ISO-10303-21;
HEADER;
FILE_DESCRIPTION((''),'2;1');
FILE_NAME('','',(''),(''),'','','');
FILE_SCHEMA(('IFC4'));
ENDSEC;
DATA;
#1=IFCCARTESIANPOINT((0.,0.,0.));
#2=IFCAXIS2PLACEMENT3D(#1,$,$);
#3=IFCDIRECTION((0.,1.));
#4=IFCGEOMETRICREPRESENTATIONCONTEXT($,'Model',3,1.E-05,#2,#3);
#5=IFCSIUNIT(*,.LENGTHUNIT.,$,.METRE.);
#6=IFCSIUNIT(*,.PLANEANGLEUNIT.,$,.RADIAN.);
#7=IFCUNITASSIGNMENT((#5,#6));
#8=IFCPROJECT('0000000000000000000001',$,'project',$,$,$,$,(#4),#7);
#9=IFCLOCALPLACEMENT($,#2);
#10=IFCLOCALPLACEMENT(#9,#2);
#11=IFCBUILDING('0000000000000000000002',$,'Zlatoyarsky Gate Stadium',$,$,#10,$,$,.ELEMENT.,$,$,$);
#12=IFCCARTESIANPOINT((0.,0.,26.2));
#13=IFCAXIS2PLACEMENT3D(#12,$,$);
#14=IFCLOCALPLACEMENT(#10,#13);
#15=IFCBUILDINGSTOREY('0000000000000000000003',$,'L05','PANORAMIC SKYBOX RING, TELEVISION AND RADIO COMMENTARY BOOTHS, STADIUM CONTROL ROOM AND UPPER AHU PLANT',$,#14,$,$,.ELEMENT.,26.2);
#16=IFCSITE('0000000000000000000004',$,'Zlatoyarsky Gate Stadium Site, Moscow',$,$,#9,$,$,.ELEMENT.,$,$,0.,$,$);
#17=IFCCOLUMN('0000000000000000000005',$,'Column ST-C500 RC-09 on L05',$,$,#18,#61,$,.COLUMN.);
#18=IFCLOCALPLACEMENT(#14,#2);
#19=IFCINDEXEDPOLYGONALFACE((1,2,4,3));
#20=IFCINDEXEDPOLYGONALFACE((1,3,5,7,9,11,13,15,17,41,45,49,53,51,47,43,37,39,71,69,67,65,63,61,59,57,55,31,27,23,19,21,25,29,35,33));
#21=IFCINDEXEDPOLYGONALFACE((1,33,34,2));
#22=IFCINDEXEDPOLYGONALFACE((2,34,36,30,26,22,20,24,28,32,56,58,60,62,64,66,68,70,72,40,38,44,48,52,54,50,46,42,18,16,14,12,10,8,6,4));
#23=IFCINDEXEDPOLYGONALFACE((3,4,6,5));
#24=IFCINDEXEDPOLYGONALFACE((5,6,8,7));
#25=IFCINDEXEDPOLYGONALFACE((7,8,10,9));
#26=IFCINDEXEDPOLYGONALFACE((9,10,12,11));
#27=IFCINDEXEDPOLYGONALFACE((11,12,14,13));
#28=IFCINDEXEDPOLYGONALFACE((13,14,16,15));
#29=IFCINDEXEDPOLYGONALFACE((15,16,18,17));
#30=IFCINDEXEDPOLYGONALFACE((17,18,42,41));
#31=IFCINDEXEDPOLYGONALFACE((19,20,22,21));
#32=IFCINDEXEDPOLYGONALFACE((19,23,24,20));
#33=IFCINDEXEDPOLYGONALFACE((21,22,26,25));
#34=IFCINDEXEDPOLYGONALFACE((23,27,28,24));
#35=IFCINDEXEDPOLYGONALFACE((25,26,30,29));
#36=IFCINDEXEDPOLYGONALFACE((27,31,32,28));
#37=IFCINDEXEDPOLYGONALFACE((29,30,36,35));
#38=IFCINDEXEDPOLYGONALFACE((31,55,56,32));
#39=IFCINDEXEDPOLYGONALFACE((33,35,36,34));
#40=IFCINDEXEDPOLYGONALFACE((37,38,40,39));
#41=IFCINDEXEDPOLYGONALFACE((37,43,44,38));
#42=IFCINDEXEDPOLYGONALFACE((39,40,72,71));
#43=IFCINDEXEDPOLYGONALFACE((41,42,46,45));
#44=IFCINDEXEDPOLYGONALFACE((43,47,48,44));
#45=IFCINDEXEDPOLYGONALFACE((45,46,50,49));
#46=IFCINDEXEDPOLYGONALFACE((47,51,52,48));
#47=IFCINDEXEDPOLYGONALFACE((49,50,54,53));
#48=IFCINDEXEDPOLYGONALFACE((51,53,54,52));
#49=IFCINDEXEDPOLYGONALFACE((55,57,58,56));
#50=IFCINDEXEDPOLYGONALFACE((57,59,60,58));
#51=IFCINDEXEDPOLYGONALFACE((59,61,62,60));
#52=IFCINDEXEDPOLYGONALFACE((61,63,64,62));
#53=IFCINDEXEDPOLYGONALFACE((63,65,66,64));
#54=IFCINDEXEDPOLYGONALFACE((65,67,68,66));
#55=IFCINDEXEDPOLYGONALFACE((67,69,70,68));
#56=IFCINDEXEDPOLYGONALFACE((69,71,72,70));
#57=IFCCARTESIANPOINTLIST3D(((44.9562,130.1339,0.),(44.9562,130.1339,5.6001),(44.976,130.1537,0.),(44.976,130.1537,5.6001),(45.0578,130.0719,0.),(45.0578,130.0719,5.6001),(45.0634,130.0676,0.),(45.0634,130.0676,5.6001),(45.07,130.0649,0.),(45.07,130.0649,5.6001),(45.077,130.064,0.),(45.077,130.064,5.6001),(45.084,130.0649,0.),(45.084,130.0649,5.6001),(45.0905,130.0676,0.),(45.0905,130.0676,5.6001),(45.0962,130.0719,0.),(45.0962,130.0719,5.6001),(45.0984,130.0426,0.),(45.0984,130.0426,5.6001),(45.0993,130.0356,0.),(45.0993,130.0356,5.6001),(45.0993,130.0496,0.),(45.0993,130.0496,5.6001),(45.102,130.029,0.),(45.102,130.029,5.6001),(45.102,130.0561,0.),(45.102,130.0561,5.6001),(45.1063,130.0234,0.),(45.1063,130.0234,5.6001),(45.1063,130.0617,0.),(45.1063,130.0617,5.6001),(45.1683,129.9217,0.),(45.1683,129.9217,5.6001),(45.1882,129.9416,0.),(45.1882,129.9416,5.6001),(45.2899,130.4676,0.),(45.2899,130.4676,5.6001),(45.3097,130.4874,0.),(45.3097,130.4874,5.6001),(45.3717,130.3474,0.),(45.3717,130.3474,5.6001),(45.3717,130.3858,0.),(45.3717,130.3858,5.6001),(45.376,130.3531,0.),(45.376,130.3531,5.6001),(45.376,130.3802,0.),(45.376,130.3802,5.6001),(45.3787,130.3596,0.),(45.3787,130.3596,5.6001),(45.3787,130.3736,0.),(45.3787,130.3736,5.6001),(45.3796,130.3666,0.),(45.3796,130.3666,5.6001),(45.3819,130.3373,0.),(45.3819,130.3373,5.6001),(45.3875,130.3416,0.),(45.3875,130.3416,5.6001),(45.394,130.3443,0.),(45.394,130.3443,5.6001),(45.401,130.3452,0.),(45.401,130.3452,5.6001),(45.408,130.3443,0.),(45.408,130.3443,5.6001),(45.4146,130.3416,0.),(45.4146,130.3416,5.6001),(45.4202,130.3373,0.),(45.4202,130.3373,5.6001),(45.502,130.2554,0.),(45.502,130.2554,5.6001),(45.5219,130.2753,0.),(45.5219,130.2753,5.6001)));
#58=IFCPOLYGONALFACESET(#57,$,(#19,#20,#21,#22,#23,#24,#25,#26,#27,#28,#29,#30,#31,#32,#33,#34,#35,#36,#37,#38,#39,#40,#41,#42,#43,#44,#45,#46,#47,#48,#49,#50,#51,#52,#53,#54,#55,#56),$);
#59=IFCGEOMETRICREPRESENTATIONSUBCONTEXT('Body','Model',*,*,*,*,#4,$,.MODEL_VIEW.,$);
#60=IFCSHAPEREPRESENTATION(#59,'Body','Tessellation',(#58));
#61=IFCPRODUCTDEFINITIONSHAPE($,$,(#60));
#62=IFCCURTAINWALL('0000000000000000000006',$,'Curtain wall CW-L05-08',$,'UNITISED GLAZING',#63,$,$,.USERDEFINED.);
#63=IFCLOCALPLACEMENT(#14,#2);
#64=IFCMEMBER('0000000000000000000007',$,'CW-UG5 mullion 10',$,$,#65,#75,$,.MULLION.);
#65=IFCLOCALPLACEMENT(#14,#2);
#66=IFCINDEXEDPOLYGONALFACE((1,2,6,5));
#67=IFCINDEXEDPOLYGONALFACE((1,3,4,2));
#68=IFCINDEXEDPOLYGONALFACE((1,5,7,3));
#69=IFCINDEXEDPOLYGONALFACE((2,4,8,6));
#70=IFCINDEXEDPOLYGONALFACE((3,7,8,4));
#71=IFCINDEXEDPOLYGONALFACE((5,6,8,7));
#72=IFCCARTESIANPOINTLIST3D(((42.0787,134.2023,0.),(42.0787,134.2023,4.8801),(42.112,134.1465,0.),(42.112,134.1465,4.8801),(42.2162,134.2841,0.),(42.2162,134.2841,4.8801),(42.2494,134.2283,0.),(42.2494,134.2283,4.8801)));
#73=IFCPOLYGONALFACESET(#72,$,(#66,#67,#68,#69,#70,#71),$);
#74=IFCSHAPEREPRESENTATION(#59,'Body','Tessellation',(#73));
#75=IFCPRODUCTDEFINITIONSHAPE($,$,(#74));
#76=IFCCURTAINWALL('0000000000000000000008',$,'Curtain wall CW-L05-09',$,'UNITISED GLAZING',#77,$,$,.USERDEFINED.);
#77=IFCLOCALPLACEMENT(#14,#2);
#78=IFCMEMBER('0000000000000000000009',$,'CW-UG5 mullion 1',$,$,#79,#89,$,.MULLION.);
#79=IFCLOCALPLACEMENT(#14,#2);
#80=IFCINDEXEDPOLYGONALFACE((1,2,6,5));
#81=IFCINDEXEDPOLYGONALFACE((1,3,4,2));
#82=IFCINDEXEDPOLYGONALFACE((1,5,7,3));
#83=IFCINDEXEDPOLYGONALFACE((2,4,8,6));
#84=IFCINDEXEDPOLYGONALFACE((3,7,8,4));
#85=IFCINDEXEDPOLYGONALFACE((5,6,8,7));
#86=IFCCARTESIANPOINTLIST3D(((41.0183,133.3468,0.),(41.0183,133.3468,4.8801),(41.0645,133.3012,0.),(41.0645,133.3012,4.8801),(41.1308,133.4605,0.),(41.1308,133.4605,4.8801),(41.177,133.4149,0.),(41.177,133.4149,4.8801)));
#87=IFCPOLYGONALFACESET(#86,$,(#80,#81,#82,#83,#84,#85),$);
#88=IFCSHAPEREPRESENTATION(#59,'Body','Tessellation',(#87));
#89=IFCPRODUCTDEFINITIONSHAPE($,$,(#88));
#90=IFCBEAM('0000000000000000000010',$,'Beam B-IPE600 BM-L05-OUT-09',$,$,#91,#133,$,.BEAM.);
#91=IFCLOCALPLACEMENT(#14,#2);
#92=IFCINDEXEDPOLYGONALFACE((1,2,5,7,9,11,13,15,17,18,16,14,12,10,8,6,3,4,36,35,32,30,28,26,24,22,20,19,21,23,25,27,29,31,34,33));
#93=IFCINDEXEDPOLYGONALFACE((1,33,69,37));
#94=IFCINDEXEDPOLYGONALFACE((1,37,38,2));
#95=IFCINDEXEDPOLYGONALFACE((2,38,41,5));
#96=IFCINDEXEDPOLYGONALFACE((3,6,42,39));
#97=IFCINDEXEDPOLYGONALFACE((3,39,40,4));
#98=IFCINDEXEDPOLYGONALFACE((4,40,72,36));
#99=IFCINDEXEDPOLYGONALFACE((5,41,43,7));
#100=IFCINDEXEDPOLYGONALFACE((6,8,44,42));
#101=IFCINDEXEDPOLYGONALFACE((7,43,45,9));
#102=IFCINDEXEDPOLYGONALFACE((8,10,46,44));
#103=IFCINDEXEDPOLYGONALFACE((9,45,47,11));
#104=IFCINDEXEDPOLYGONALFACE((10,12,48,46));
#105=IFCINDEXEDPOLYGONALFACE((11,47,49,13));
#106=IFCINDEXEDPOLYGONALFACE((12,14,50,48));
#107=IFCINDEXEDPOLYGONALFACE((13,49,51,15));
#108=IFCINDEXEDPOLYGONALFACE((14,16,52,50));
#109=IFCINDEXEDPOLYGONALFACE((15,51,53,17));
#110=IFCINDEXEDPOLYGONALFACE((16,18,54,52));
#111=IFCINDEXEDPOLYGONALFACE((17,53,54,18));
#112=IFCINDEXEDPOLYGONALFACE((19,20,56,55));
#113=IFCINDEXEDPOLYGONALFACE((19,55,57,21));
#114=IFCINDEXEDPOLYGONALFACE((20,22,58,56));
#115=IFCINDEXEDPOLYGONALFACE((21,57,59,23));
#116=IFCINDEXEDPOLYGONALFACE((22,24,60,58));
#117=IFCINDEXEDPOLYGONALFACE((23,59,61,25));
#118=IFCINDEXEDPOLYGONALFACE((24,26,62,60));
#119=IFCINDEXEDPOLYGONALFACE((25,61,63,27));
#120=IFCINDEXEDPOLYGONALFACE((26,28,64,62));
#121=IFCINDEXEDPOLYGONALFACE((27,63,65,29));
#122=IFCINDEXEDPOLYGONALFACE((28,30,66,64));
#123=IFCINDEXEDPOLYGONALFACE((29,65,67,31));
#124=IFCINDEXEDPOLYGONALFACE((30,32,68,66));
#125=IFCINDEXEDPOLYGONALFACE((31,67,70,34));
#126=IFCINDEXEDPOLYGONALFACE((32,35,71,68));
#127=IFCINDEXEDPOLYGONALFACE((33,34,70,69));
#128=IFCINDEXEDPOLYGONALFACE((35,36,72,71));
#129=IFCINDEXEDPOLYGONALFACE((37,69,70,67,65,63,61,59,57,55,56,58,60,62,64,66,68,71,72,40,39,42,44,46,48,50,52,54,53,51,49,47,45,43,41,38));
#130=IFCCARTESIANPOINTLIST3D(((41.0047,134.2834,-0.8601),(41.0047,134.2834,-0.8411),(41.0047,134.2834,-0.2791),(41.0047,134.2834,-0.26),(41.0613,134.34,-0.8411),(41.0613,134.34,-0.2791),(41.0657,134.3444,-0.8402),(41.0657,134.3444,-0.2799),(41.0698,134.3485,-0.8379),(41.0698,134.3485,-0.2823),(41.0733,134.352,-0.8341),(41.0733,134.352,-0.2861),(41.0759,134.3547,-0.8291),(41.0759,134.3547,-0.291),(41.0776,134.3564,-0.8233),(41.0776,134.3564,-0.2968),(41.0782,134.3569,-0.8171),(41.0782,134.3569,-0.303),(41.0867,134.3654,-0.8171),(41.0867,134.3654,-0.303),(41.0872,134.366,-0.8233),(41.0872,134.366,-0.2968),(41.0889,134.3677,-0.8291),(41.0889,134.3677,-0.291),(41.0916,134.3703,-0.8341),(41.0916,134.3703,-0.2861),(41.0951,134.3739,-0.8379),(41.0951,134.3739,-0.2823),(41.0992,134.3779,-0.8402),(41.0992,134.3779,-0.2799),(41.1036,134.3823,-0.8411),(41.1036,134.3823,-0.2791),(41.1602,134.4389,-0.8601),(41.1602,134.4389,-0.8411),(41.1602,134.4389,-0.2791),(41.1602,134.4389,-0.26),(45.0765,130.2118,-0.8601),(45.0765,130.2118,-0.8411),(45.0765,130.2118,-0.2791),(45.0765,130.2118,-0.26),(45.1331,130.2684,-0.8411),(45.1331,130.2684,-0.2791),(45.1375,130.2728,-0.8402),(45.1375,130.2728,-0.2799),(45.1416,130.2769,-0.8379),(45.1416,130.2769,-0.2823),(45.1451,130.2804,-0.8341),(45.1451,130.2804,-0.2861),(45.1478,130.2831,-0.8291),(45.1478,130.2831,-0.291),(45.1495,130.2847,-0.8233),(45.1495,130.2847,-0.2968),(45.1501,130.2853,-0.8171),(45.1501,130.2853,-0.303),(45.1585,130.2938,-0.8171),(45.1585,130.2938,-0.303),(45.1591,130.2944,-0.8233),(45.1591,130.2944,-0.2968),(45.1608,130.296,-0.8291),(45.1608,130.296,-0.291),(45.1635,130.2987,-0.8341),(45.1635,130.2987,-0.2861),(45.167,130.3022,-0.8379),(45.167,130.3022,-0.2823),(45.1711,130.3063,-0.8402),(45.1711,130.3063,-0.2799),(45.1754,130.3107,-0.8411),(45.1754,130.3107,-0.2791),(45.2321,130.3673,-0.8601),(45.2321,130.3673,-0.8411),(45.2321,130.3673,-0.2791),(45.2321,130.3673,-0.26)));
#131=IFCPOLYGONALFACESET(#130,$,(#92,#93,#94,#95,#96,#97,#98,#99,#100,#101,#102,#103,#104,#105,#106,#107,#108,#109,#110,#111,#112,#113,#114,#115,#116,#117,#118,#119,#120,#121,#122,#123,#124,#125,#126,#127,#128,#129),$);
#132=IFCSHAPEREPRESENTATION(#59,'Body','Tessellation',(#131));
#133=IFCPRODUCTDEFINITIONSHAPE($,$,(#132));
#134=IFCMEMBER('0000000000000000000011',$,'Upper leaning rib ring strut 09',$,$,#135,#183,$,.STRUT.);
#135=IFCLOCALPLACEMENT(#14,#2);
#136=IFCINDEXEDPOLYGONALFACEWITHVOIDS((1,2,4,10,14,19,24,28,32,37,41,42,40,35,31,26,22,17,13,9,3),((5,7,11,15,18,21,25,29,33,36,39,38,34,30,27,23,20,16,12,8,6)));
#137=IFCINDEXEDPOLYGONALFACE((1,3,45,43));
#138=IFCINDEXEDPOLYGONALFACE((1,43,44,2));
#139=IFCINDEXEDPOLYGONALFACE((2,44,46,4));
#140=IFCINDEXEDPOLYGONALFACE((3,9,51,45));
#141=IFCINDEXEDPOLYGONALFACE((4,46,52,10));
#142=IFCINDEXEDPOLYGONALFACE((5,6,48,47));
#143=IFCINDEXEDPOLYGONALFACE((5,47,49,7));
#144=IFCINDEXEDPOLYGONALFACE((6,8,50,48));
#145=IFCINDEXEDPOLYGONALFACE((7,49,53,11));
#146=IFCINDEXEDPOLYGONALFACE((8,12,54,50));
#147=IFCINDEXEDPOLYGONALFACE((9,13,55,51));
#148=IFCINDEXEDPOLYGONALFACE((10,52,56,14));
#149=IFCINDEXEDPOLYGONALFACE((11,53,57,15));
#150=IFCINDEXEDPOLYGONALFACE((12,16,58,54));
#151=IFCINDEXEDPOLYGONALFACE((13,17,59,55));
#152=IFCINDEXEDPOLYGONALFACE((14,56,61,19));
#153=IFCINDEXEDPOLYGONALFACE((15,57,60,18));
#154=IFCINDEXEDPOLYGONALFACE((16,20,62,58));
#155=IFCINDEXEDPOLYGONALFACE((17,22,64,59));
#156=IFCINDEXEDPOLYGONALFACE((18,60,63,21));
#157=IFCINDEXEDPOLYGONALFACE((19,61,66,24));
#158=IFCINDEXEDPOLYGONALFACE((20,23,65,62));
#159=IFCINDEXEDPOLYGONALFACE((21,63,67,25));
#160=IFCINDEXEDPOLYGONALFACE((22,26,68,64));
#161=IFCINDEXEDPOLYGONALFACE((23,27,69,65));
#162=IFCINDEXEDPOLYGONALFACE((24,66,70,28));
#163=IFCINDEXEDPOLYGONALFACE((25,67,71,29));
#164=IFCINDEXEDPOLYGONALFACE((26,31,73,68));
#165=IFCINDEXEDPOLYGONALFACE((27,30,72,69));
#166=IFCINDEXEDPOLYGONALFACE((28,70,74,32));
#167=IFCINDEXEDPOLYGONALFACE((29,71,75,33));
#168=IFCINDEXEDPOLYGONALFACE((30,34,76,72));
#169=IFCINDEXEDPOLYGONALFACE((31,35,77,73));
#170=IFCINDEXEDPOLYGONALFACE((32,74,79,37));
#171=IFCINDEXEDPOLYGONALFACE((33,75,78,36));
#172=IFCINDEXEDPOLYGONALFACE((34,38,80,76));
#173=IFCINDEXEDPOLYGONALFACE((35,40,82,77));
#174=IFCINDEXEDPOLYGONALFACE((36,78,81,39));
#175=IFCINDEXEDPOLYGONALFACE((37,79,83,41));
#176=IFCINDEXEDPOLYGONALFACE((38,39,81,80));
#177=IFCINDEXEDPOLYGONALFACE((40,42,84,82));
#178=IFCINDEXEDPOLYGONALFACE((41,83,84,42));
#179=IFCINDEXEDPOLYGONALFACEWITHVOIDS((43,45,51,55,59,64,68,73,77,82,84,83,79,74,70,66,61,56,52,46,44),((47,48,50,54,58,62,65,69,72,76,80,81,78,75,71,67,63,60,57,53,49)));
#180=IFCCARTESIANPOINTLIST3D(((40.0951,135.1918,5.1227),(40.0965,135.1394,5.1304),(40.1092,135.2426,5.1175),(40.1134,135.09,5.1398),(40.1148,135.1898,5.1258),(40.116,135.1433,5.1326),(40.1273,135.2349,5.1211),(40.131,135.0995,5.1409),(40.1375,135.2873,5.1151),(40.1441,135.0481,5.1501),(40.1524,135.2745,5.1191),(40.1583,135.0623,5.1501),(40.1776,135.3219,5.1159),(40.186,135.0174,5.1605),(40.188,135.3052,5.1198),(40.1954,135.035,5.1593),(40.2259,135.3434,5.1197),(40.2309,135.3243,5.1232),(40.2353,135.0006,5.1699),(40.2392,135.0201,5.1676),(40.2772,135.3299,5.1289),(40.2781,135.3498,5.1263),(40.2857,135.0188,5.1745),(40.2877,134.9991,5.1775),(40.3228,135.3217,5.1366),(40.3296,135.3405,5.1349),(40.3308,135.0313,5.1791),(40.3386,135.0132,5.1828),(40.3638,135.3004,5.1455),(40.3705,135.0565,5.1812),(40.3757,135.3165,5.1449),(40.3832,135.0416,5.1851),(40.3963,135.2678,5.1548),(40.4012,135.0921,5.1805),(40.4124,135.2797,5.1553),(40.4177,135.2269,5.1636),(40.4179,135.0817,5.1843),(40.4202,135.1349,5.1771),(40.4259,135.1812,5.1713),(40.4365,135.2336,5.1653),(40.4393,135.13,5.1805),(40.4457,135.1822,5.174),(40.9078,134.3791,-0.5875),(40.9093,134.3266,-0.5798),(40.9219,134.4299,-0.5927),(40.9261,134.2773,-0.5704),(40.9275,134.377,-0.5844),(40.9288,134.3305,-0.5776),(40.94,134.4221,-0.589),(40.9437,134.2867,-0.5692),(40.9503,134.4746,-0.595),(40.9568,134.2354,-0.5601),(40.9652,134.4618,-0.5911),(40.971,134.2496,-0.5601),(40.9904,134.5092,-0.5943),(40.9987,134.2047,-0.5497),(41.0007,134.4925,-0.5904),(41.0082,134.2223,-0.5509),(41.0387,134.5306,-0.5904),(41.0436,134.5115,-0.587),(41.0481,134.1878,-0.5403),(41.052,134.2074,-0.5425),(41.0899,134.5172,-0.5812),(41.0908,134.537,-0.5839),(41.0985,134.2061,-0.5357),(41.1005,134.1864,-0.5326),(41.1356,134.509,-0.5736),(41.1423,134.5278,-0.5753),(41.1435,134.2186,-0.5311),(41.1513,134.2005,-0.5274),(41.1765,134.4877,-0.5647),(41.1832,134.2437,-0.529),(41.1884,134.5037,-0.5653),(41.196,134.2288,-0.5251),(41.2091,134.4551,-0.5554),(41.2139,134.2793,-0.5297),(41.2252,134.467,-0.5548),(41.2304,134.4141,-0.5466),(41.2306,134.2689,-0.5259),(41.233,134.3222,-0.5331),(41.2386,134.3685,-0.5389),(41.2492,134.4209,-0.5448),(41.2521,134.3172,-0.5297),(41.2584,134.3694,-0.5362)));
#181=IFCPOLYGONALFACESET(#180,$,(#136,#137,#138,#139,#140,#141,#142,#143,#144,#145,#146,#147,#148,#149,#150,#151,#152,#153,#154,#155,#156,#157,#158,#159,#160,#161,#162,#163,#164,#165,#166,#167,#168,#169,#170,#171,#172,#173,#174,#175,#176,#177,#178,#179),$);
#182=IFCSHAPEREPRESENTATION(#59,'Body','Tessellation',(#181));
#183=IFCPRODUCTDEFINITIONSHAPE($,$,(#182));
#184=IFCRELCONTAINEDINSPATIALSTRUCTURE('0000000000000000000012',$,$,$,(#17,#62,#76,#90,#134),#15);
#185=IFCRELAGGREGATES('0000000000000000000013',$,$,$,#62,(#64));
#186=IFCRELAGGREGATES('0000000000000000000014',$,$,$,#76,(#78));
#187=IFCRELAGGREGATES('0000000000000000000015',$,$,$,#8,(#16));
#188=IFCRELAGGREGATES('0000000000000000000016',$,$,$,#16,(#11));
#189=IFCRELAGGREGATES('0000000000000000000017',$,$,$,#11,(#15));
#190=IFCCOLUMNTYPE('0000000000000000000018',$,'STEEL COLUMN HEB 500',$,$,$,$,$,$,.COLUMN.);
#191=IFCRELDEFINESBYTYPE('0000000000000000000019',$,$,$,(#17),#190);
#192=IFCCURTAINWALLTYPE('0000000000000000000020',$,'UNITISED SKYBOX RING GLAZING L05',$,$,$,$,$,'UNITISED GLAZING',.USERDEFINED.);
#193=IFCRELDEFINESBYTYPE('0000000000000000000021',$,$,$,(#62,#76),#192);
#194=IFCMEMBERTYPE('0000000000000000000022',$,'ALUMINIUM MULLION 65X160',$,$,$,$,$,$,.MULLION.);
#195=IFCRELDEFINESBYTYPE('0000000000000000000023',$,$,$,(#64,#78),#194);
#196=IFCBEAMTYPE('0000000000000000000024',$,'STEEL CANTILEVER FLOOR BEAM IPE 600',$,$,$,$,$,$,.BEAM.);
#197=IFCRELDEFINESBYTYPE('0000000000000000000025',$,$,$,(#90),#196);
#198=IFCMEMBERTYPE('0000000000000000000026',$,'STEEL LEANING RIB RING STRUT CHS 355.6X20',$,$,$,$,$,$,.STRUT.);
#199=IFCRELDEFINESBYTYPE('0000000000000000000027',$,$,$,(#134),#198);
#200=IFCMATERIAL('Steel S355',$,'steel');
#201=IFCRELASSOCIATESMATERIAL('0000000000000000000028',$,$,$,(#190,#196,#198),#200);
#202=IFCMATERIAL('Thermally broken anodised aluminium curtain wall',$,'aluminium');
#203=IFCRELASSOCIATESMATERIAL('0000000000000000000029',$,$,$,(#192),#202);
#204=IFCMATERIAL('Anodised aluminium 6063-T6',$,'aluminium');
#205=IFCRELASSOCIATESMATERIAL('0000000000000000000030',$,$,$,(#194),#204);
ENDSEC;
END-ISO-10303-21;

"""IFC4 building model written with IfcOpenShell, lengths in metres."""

from ifc_helpers import new_model, si_unit, direction, frame, origin, origin_2d, place, context, subcontext, project, spatial, rectangle, hollow_circle, i_section, extrude, material, material_profile, profile_set, type_object, element, aggregate, save


model = new_model("IFC4")

# Units and contexts
model_context = context("Model", 3, precision=1e-05, world=origin(), true_north=direction((0.0, 1.0)))
body_context = subcontext(model_context, "Body", "Model", "MODEL_VIEW")
ifc_project = project(units=[si_unit("LENGTHUNIT", "METRE"), si_unit("PLANEANGLEUNIT", "RADIAN")], contexts=[model_context])

# Site, building, storey
site_placement = place(None, origin())
site = spatial("IfcSite", under=ifc_project, at=site_placement, Name="Zlatoyarsky Gate Stadium Site, Moscow", CompositionType="ELEMENT", RefElevation=0.0)
building_placement = place(site_placement, origin())
building = spatial("IfcBuilding", under=site, at=building_placement, Name="Zlatoyarsky Gate Stadium", CompositionType="ELEMENT")
storey_placement = place(building_placement, frame((0.0, 0.0, 26.2)))
storey = spatial("IfcBuildingStorey", under=building, at=storey_placement, Name="L05", Description="PANORAMIC SKYBOX RING, TELEVISION AND RADIO COMMENTARY BOOTHS, STADIUM CONTROL ROOM AND UPPER AHU PLANT", CompositionType="ELEMENT", Elevation=26.2)

# Column
ifc_material_1 = material(Name="Steel S355", Category="steel")
ifc_material_profile_1 = material_profile(ifc_material_1, i_section(OverallWidth=0.3, OverallDepth=0.5, WebThickness=0.0144, FlangeThickness=0.0281, FilletRadius=0.0271, at=origin_2d()), Name="HEB 500")
ifc_profile_set_1 = profile_set([ifc_material_profile_1], Name="Steel S355")
column_type = type_object("IfcColumnType", Name="STEEL COLUMN HEB 500", PredefinedType="COLUMN", material=ifc_profile_set_1)
column_placement = place(storey_placement, frame((45.239, 130.2046, 0.0), z_axis=(0.0, 0.0, 1.0), x_axis=(-0.707107, 0.707107, 0.0)))
element("IfcColumn", 1, at=column_placement, inside=storey, type_object=column_type, Name="Column ST-C500 RC-09 on L05", PredefinedType="COLUMN", context=body_context, shape_type="SweptSolid", body=[
    extrude(i_section(OverallWidth=0.3, OverallDepth=0.5, WebThickness=0.0144, FlangeThickness=0.0281, FilletRadius=0.0271, at=origin_2d()), origin(), (0.0, 0.0, 1.0), 5.6001),
])

# Curtain walls, members
ifc_material_2 = material(Name="Thermally broken anodised aluminium curtain wall", Category="aluminium")
curtain_wall_type = type_object("IfcCurtainWallType", Name="UNITISED SKYBOX RING GLAZING L05", ElementType="UNITISED GLAZING", PredefinedType="USERDEFINED", material=ifc_material_2)
curtain_wall_1_placement = place(storey_placement, origin())
curtain_wall_1 = element("IfcCurtainWall", 2, at=curtain_wall_1_placement, inside=storey, type_object=curtain_wall_type, Name="Curtain wall CW-L05-08", ObjectType="UNITISED GLAZING", PredefinedType="USERDEFINED")
ifc_material_3 = material(Name="Anodised aluminium 6063-T6", Category="aluminium")
ifc_material_profile_2 = material_profile(ifc_material_3, rectangle(XDim=0.0649, YDim=0.1599, at=origin_2d()), Name="ALU 65X160")
ifc_profile_set_2 = profile_set([ifc_material_profile_2], Name="Anodised aluminium 6063-T6")
member_type_1 = type_object("IfcMemberType", Name="ALUMINIUM MULLION 65X160", PredefinedType="MULLION", material=ifc_profile_set_2)
member_1_placement = place(storey_placement, frame((42.1641, 134.2153, 0.0), z_axis=(0.0, 0.0, 1.0), x_axis=(0.511575, -0.859239, 0.0)))
member_1 = element("IfcMember", 3, at=member_1_placement, type_object=member_type_1, Name="CW-UG5 mullion 10", PredefinedType="MULLION", context=body_context, shape_type="SweptSolid", body=[
    extrude(rectangle(XDim=0.0649, YDim=0.1599, at=origin_2d()), origin(), (0.0, 0.0, 1.0), 4.8801),
])
aggregate(curtain_wall_1, [member_1])
curtain_wall_2_placement = place(storey_placement, origin())
curtain_wall_2 = element("IfcCurtainWall", 4, at=curtain_wall_2_placement, inside=storey, type_object=curtain_wall_type, Name="Curtain wall CW-L05-09", ObjectType="UNITISED GLAZING", PredefinedType="USERDEFINED")
member_2_placement = place(storey_placement, frame((41.0977, 133.3809, 0.0), z_axis=(0.0, 0.0, 1.0), x_axis=(0.711036, -0.703156, 0.0)))
member_2 = element("IfcMember", 5, at=member_2_placement, type_object=member_type_1, Name="CW-UG5 mullion 1", PredefinedType="MULLION", context=body_context, shape_type="SweptSolid", body=[
    extrude(rectangle(XDim=0.0649, YDim=0.1599, at=origin_2d()), origin(), (0.0, 0.0, 1.0), 4.8801),
])
aggregate(curtain_wall_2, [member_2])

# Beam
ifc_material_profile_3 = material_profile(ifc_material_1, i_section(OverallWidth=0.22, OverallDepth=0.6001, WebThickness=0.012, FlangeThickness=0.019, FilletRadius=0.0239, at=origin_2d()), Name="IPE 600")
ifc_profile_set_3 = profile_set([ifc_material_profile_3], Name="Steel S355")
beam_type_1 = type_object("IfcBeamType", Name="STEEL CANTILEVER FLOOR BEAM IPE 600", PredefinedType="BEAM", material=ifc_profile_set_3)
beam_1_placement = place(storey_placement, frame((45.1543, 130.2896, -0.5601), z_axis=(-0.707128, 0.707086, 0.0), x_axis=(-0.707086, -0.707128, 0.0)))
element("IfcBeam", 6, at=beam_1_placement, inside=storey, type_object=beam_type_1, Name="Beam B-IPE600 BM-L05-OUT-09", PredefinedType="BEAM", context=body_context, shape_type="SweptSolid", body=[
    extrude(i_section(OverallWidth=0.22, OverallDepth=0.6001, WebThickness=0.012, FlangeThickness=0.019, FilletRadius=0.0239, at=origin_2d()), origin(), (0.0, 0.0, 1.0), 5.7583),
])

# Member
ifc_material_profile_4 = material_profile(ifc_material_1, hollow_circle(Radius=0.1777, WallThickness=0.02, at=origin_2d()), Name="CHS 355.6X20")
ifc_profile_set_4 = profile_set([ifc_material_profile_4], Name="Steel S355")
member_type_2 = type_object("IfcMemberType", Name="STEEL LEANING RIB RING STRUT CHS 355.6X20", PredefinedType="STRUT", material=ifc_profile_set_4)
member_3_placement = place(storey_placement, frame((41.0825, 134.3611, -0.5601), z_axis=(-0.139533, 0.139533, 0.980337), x_axis=(-0.707107, -0.707107, 0.0)))
element("IfcMember", 7, at=member_3_placement, inside=storey, type_object=member_type_2, Name="Upper leaning rib ring strut 09", PredefinedType="STRUT", context=body_context, shape_type="SweptSolid", body=[
    extrude(hollow_circle(Radius=0.1777, WallThickness=0.02, at=origin_2d()), origin(), (0.0, 0.0, 1.0), 5.8247),
])

save(model, "model.ifc")
